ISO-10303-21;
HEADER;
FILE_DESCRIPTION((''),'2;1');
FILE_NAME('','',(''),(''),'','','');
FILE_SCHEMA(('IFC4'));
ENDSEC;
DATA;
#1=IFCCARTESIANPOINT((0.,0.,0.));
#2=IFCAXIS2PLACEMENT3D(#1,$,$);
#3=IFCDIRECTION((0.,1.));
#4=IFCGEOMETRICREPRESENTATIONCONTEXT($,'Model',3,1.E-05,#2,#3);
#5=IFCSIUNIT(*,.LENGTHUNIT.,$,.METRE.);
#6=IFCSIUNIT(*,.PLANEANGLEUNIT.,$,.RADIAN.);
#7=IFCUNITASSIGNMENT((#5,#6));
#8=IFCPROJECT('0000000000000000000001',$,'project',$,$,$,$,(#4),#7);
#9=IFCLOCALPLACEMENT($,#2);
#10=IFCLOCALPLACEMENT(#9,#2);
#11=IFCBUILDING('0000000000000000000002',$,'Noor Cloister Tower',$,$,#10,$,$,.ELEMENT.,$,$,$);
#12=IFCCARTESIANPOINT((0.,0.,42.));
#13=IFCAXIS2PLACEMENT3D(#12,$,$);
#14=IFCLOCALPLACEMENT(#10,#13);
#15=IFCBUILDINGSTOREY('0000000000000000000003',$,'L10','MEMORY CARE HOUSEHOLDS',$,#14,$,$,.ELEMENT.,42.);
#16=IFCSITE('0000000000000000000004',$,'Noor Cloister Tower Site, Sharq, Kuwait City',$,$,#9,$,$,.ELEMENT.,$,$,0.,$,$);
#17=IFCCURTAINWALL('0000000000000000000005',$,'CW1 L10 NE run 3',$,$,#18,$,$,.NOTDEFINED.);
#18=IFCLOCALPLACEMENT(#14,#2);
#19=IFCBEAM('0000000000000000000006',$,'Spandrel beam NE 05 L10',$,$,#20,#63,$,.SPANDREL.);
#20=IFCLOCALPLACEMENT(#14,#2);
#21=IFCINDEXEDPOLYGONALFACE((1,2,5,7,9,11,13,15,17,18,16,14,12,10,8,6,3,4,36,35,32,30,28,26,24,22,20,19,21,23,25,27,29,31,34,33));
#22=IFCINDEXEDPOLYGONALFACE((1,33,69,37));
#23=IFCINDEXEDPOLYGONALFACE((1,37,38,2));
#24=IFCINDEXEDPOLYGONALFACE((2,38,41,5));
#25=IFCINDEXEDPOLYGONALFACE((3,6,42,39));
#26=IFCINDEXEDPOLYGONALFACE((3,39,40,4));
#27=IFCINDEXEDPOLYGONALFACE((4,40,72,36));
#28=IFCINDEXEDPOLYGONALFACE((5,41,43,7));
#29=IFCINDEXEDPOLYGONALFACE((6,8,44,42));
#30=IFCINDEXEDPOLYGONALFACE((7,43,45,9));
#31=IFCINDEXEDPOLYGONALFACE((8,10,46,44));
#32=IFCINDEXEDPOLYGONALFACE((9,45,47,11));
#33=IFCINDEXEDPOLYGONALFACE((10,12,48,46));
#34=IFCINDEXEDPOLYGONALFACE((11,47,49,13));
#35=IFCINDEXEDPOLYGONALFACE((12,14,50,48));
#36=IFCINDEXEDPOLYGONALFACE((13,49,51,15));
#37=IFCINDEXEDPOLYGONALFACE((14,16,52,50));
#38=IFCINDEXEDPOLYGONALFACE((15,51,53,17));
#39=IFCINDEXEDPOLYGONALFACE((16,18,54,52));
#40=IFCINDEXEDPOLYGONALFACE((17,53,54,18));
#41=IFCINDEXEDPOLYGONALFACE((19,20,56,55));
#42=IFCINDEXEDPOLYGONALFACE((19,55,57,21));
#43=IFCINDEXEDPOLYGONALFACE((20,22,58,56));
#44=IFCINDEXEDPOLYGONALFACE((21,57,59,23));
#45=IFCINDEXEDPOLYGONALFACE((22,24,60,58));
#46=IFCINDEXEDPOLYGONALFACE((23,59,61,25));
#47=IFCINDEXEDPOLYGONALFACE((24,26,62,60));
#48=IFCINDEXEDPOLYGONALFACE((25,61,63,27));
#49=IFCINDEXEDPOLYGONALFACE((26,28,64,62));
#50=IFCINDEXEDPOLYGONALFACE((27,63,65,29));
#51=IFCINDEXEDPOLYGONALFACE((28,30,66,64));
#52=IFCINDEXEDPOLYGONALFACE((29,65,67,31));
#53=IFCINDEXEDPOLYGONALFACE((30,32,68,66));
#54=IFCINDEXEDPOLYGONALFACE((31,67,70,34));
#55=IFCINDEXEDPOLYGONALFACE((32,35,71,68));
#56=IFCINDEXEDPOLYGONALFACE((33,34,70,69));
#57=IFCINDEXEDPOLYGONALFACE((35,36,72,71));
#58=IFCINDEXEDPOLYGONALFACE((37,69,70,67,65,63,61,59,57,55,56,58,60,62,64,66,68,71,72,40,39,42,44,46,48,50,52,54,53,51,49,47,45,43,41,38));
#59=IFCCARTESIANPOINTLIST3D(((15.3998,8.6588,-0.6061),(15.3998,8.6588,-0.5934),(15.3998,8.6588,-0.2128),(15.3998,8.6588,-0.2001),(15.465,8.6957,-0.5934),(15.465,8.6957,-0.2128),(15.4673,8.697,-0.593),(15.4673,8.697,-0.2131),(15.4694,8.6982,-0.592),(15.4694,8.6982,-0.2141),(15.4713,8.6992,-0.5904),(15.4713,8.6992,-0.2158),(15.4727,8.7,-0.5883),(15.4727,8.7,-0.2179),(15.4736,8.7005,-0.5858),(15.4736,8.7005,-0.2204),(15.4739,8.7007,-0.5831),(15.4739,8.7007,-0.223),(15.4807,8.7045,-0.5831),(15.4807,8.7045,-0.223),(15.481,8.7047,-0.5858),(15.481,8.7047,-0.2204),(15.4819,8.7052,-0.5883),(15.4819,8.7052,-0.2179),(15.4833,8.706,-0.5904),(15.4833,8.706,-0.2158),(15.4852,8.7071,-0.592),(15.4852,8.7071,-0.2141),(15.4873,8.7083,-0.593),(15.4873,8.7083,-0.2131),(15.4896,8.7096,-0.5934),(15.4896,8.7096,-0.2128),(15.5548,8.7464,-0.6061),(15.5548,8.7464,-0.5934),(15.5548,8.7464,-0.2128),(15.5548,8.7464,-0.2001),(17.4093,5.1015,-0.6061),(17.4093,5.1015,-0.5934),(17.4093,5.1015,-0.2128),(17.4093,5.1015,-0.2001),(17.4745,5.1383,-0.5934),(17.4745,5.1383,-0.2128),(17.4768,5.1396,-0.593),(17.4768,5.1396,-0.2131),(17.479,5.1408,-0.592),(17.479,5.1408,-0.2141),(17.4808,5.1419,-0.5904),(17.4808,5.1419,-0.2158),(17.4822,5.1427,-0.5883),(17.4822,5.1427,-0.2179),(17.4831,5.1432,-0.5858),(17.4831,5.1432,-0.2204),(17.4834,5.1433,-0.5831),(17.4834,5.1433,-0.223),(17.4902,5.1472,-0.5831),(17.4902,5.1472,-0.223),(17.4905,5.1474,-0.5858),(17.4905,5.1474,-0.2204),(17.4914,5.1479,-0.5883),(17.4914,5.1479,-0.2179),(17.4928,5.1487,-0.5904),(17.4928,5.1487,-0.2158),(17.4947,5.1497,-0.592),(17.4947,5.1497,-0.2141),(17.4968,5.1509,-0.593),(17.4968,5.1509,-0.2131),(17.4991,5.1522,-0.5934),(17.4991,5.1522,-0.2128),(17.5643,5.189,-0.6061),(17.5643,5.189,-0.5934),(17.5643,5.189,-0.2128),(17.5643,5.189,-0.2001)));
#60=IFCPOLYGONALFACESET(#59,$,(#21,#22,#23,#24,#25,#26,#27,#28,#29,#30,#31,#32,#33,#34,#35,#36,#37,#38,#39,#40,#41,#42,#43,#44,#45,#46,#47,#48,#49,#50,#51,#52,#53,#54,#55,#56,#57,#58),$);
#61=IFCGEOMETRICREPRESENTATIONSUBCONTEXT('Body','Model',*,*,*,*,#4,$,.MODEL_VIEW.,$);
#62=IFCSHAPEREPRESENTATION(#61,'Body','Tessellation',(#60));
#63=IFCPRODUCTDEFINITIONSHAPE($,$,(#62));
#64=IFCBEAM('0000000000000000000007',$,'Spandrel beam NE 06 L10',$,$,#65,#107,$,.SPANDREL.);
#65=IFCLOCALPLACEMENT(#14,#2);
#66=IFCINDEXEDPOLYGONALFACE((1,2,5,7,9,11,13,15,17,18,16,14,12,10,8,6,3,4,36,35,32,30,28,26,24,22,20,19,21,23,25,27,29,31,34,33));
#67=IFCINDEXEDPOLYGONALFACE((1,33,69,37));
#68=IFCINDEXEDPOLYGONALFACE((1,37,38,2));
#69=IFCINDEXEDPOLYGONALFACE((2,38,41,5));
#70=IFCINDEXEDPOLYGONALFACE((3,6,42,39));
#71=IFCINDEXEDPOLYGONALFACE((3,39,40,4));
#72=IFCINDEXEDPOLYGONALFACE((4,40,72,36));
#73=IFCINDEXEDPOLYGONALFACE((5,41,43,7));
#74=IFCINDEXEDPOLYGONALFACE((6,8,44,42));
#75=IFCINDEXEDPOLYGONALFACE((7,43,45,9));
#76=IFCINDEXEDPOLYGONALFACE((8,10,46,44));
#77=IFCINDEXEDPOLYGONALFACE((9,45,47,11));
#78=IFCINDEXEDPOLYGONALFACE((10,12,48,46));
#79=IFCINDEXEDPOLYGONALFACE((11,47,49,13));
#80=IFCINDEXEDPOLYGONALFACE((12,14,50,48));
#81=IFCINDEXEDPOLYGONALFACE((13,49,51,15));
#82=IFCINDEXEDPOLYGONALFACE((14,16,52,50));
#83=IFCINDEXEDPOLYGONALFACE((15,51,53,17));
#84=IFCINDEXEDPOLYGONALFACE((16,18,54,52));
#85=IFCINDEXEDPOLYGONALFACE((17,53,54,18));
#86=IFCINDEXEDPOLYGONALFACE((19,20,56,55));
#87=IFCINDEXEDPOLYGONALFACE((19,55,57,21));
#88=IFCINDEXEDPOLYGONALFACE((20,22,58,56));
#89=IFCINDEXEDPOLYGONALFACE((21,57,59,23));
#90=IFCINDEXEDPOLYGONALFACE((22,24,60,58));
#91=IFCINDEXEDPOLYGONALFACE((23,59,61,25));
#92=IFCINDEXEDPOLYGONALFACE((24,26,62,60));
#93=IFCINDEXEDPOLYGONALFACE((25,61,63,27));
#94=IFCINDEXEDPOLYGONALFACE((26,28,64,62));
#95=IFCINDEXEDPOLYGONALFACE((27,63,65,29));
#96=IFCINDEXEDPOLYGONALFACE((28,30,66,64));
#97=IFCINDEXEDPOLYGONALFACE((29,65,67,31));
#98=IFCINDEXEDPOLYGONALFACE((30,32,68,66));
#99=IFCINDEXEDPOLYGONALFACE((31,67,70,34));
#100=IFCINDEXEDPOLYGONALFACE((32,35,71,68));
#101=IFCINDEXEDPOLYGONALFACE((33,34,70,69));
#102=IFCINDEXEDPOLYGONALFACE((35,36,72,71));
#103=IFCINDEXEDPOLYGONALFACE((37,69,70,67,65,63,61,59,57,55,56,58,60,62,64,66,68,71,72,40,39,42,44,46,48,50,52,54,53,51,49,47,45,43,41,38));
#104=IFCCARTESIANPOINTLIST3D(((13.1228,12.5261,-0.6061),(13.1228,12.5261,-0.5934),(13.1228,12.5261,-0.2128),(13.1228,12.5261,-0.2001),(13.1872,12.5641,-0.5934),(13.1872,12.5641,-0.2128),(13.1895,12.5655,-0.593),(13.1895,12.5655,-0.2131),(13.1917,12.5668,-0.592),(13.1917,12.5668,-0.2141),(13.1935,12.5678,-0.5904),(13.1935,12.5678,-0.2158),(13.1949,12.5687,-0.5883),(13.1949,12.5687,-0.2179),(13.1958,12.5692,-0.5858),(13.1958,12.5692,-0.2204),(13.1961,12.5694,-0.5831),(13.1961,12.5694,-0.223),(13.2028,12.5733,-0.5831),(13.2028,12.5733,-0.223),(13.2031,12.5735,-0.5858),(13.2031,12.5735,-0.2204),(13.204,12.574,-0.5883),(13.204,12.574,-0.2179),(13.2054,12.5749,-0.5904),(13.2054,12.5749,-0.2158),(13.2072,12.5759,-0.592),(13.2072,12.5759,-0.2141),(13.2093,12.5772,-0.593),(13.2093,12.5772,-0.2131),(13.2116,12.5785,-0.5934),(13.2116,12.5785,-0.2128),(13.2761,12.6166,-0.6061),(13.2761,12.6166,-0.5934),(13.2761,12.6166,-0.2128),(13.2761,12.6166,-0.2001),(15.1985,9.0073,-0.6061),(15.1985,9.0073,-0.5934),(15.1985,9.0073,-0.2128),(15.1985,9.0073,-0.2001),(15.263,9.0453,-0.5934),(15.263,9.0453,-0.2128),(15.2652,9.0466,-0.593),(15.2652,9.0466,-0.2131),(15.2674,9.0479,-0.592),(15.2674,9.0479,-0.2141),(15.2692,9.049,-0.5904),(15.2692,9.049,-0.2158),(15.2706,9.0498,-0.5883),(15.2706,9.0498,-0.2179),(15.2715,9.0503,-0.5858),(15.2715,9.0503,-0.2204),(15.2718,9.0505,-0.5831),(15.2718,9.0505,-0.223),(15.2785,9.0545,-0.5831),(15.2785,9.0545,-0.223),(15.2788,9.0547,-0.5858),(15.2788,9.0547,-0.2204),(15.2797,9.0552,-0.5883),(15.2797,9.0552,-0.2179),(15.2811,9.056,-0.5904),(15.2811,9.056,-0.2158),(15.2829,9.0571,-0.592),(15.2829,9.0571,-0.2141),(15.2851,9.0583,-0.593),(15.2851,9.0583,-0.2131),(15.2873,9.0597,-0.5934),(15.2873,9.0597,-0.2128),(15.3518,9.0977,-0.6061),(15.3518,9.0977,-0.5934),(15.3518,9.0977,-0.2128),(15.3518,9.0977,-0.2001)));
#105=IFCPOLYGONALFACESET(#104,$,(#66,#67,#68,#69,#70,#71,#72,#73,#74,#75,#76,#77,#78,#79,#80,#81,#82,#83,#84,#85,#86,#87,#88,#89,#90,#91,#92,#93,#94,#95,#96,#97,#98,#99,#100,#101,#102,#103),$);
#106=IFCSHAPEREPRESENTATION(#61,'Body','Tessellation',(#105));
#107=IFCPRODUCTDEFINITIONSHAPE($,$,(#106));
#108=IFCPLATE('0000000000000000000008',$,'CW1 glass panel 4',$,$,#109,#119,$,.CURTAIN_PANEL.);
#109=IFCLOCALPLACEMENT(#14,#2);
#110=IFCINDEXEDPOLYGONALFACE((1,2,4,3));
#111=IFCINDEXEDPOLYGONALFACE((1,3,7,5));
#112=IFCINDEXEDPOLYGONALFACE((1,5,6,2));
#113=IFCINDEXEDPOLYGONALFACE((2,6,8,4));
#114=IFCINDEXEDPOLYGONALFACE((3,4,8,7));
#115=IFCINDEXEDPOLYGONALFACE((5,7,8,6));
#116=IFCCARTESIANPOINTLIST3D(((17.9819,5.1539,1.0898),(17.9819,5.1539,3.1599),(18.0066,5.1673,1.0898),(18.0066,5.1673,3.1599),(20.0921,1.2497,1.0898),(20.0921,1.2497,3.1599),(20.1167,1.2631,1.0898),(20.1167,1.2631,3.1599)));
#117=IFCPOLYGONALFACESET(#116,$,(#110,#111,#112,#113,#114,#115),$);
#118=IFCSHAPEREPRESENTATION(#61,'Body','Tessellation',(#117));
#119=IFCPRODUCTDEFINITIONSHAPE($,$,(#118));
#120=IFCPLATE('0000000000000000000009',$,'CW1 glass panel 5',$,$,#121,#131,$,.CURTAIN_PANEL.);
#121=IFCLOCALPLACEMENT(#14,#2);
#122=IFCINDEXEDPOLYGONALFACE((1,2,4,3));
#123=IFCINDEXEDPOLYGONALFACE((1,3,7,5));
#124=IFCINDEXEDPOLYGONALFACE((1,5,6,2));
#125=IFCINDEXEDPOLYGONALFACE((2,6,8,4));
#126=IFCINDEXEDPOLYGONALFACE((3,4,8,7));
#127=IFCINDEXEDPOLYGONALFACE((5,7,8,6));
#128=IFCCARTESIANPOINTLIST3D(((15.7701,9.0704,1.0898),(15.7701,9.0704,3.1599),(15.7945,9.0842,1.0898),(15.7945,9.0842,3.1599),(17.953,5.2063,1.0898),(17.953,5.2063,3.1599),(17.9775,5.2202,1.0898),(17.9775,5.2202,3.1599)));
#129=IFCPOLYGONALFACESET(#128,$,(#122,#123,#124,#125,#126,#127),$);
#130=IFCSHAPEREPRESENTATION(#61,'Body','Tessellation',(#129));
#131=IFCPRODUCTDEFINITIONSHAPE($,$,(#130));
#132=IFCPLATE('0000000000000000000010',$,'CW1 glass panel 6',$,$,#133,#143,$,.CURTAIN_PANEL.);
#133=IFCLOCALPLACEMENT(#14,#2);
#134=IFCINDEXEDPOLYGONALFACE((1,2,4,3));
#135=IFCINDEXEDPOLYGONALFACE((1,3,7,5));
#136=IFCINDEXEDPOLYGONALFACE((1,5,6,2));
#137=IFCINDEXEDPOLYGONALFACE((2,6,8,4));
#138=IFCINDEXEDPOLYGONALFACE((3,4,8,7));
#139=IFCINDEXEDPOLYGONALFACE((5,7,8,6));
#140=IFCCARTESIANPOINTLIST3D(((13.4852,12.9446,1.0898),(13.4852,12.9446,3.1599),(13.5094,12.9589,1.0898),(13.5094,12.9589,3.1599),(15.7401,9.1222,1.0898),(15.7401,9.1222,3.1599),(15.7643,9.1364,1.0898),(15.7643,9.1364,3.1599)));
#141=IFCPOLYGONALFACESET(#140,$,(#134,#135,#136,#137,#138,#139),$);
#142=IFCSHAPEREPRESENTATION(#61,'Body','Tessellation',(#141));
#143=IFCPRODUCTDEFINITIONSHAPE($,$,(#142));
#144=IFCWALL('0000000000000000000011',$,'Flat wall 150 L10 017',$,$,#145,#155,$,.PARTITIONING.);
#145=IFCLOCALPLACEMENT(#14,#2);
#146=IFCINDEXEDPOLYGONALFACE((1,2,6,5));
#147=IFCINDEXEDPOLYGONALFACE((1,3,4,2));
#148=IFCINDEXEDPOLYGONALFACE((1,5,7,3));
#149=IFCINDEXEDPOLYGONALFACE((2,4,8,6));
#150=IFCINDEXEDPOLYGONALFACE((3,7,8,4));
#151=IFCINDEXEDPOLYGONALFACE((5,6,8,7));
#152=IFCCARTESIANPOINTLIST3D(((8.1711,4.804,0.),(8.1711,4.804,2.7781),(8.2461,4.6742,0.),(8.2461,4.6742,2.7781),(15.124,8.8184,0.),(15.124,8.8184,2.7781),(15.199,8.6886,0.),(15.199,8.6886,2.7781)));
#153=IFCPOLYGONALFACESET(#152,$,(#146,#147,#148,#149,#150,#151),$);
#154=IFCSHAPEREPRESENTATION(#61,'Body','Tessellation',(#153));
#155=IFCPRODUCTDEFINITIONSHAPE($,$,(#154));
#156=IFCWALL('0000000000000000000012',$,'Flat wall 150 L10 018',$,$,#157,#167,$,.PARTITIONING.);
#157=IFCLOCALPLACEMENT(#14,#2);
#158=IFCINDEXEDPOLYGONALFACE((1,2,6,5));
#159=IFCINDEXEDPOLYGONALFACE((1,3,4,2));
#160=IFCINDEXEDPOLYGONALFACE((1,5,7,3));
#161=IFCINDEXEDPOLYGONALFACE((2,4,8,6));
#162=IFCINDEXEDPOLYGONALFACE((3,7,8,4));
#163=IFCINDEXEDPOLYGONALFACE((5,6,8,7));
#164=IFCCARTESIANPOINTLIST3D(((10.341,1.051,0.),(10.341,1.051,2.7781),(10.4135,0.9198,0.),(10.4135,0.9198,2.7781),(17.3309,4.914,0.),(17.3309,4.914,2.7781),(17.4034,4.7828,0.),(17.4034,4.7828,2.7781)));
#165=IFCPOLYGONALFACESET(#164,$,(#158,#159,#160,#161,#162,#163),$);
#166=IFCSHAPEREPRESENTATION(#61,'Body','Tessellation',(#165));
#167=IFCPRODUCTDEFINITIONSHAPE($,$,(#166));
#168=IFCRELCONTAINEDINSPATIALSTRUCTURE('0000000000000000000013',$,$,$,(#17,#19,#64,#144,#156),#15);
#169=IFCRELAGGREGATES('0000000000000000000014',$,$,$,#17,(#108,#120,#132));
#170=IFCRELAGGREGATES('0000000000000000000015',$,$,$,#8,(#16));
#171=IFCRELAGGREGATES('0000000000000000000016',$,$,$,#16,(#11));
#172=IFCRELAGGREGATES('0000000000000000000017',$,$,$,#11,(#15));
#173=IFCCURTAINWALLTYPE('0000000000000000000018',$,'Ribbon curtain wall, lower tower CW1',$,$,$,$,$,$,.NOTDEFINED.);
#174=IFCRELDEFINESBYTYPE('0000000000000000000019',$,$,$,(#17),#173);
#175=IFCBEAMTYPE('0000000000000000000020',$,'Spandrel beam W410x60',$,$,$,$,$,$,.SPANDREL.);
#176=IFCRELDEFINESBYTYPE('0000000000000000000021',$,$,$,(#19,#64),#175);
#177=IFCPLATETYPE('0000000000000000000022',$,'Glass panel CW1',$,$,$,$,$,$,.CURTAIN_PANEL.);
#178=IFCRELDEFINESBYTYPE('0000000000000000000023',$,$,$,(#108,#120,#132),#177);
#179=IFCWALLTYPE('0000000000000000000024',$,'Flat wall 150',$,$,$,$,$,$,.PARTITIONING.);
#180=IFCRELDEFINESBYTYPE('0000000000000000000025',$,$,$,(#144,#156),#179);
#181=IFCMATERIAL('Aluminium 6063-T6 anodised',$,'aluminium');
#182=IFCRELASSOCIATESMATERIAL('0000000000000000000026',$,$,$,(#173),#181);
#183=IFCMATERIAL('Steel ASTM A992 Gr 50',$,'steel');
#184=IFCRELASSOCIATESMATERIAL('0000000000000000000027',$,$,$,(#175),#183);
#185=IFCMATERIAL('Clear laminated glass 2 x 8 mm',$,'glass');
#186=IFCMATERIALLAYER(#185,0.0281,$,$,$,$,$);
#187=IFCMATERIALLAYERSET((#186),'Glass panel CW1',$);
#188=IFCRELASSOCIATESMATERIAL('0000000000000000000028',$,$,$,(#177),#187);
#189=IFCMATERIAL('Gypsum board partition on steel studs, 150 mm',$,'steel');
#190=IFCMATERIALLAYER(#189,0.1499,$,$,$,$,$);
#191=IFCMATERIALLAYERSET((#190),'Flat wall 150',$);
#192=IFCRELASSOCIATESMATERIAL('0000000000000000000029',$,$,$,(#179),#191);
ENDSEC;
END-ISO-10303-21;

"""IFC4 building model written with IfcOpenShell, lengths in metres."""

from ifc_helpers import new_model, si_unit, direction, frame, frame_2d, origin, origin_2d, place, context, subcontext, project, spatial, rectangle, i_section, extrude, material, layer, layer_set, material_profile, profile_set, type_object, element, aggregate, save


model = new_model("IFC4")

# Units and contexts
model_context = context("Model", 3, precision=1e-05, world=origin(), true_north=direction((0.0, 1.0)))
body_context = subcontext(model_context, "Body", "Model", "MODEL_VIEW")
ifc_project = project(units=[si_unit("LENGTHUNIT", "METRE"), si_unit("PLANEANGLEUNIT", "RADIAN")], contexts=[model_context])

# Site, building, storey
site_placement = place(None, origin())
site = spatial("IfcSite", under=ifc_project, at=site_placement, Name="Noor Cloister Tower Site, Sharq, Kuwait City", CompositionType="ELEMENT", RefElevation=0.0)
building_placement = place(site_placement, origin())
building = spatial("IfcBuilding", under=site, at=building_placement, Name="Noor Cloister Tower", CompositionType="ELEMENT")
storey_placement = place(building_placement, frame((0.0, 0.0, 42.0)))
storey = spatial("IfcBuildingStorey", under=building, at=storey_placement, Name="L10", Description="MEMORY CARE HOUSEHOLDS", CompositionType="ELEMENT", Elevation=42.0)

# Curtain wall
ifc_material_1 = material(Name="Aluminium 6063-T6 anodised", Category="aluminium")
curtain_wall_type = type_object("IfcCurtainWallType", Name="Ribbon curtain wall, lower tower CW1", PredefinedType="NOTDEFINED", material=ifc_material_1)
curtain_wall_placement = place(storey_placement, origin())
curtain_wall = element("IfcCurtainWall", 1, at=curtain_wall_placement, inside=storey, type_object=curtain_wall_type, Name="CW1 L10 NE run 3", PredefinedType="NOTDEFINED")

# Beams
ifc_material_2 = material(Name="Steel ASTM A992 Gr 50", Category="steel")
ifc_material_profile_1 = material_profile(ifc_material_2, i_section(OverallWidth=0.178, OverallDepth=0.406, WebThickness=0.0078, FlangeThickness=0.0127, FilletRadius=0.0103, at=origin_2d()), Name="W410x60")
ifc_profile_set_1 = profile_set([ifc_material_profile_1], Name="Steel ASTM A992 Gr 50")
beam_type_1 = type_object("IfcBeamType", Name="Spandrel beam W410x60", PredefinedType="SPANDREL", material=ifc_profile_set_1)
for number, where, z_axis, x_axis, name in (
    (2, (17.4868, 5.1453, -0.4031), (-0.491841, 0.870685, 0.0), (-0.870685, -0.491841, 0.0), "Spandrel beam NE 05 L10"),
):
    element("IfcBeam", number, at=place(storey_placement, frame(where, z_axis=z_axis, x_axis=x_axis)), inside=storey, type_object=beam_type_1, Name=name, PredefinedType="SPANDREL", context=body_context, shape_type="SweptSolid", body=[
        extrude(i_section(OverallWidth=0.178, OverallDepth=0.406, WebThickness=0.0078, FlangeThickness=0.0127, FilletRadius=0.0103, at=origin_2d()), origin(), (0.0, 0.0, 1.0), 4.0857),
    ])
beam_1_placement = place(storey_placement, frame((15.2751, 9.0525, -0.4031), z_axis=(-0.508075, 0.861313, 0.0), x_axis=(-0.861313, -0.508075, 0.0)))
element("IfcBeam", 3, at=beam_1_placement, inside=storey, type_object=beam_type_1, Name="Spandrel beam NE 06 L10", PredefinedType="SPANDREL", context=body_context, shape_type="SweptSolid", body=[
    extrude(i_section(OverallWidth=0.178, OverallDepth=0.406, WebThickness=0.0078, FlangeThickness=0.0127, FilletRadius=0.0103, at=origin_2d()), origin(), (0.0, 0.0, 1.0), 4.0854),
])

# Plates
ifc_material_3 = material(Name="Clear laminated glass 2 x 8 mm", Category="glass")
ifc_layer_1 = layer(ifc_material_3, 0.0281)
ifc_layer_set_1 = layer_set([ifc_layer_1], Name="Glass panel CW1")
plate_type = type_object("IfcPlateType", Name="Glass panel CW1", PredefinedType="CURTAIN_PANEL", material=ifc_layer_set_1)
plate_1_placement = place(storey_placement, frame((19.0493, 3.2085, 1.0898), z_axis=(0.0, 0.0, 1.0), x_axis=(-0.475478, 0.879727, 0.0)))
plate_1 = element("IfcPlate", 4, at=plate_1_placement, type_object=plate_type, Name="CW1 glass panel 4", PredefinedType="CURTAIN_PANEL", context=body_context, shape_type="SweptSolid", body=[
    extrude(rectangle(XDim=4.438, YDim=0.0281, at=origin_2d()), origin(), (0.0, 0.0, 1.0), 2.0701),
])
plate_2_placement = place(storey_placement, frame((16.8738, 7.1453, 1.0898), z_axis=(0.0, 0.0, 1.0), x_axis=(-0.491869, 0.870669, 0.0)))
plate_2 = element("IfcPlate", 5, at=plate_2_placement, type_object=plate_type, Name="CW1 glass panel 5", PredefinedType="CURTAIN_PANEL", context=body_context, shape_type="SweptSolid", body=[
    extrude(rectangle(XDim=4.438, YDim=0.0281, at=origin_2d()), origin(), (0.0, 0.0, 1.0), 2.0701),
])
plate_3_placement = place(storey_placement, frame((14.6248, 11.0405, 1.0898), z_axis=(0.0, 0.0, 1.0), x_axis=(-0.508087, 0.861306, 0.0)))
plate_3 = element("IfcPlate", 6, at=plate_3_placement, type_object=plate_type, Name="CW1 glass panel 6", PredefinedType="CURTAIN_PANEL", context=body_context, shape_type="SweptSolid", body=[
    extrude(rectangle(XDim=4.438, YDim=0.0281, at=origin_2d()), origin(), (0.0, 0.0, 1.0), 2.0701),
])
aggregate(curtain_wall, [plate_1, plate_2, plate_3])

# Walls
ifc_material_4 = material(Name="Gypsum board partition on steel studs, 150 mm", Category="steel")
ifc_layer_2 = layer(ifc_material_4, 0.1499)
ifc_layer_set_2 = layer_set([ifc_layer_2], Name="Flat wall 150")
wall_type = type_object("IfcWallType", Name="Flat wall 150", PredefinedType="PARTITIONING", material=ifc_layer_set_2)
wall_1_placement = place(storey_placement, frame((15.1614, 8.7534, 0.0), z_axis=(0.0, 0.0, 1.0), x_axis=(-0.866017, -0.500015, 0.0)))
element("IfcWall", 7, at=wall_1_placement, inside=storey, type_object=wall_type, Name="Flat wall 150 L10 017", PredefinedType="PARTITIONING", context=body_context, shape_type="SweptSolid", body=[
    extrude(rectangle(XDim=8.0286, YDim=0.1499, at=frame_2d((4.0142, 0.0))), origin(), (0.0, 0.0, 1.0), 2.7781),
])
wall_2_placement = place(storey_placement, frame((17.3672, 4.8484, 0.0), z_axis=(0.0, 0.0, 1.0), x_axis=(-0.875234, -0.4837, 0.0)))
element("IfcWall", 8, at=wall_2_placement, inside=storey, type_object=wall_type, Name="Flat wall 150 L10 018", PredefinedType="PARTITIONING", context=body_context, shape_type="SweptSolid", body=[
    extrude(rectangle(XDim=7.9863, YDim=0.1499, at=frame_2d((3.9932, 0.0))), origin(), (0.0, 0.0, 1.0), 2.7781),
])

save(model, "model.ifc")
